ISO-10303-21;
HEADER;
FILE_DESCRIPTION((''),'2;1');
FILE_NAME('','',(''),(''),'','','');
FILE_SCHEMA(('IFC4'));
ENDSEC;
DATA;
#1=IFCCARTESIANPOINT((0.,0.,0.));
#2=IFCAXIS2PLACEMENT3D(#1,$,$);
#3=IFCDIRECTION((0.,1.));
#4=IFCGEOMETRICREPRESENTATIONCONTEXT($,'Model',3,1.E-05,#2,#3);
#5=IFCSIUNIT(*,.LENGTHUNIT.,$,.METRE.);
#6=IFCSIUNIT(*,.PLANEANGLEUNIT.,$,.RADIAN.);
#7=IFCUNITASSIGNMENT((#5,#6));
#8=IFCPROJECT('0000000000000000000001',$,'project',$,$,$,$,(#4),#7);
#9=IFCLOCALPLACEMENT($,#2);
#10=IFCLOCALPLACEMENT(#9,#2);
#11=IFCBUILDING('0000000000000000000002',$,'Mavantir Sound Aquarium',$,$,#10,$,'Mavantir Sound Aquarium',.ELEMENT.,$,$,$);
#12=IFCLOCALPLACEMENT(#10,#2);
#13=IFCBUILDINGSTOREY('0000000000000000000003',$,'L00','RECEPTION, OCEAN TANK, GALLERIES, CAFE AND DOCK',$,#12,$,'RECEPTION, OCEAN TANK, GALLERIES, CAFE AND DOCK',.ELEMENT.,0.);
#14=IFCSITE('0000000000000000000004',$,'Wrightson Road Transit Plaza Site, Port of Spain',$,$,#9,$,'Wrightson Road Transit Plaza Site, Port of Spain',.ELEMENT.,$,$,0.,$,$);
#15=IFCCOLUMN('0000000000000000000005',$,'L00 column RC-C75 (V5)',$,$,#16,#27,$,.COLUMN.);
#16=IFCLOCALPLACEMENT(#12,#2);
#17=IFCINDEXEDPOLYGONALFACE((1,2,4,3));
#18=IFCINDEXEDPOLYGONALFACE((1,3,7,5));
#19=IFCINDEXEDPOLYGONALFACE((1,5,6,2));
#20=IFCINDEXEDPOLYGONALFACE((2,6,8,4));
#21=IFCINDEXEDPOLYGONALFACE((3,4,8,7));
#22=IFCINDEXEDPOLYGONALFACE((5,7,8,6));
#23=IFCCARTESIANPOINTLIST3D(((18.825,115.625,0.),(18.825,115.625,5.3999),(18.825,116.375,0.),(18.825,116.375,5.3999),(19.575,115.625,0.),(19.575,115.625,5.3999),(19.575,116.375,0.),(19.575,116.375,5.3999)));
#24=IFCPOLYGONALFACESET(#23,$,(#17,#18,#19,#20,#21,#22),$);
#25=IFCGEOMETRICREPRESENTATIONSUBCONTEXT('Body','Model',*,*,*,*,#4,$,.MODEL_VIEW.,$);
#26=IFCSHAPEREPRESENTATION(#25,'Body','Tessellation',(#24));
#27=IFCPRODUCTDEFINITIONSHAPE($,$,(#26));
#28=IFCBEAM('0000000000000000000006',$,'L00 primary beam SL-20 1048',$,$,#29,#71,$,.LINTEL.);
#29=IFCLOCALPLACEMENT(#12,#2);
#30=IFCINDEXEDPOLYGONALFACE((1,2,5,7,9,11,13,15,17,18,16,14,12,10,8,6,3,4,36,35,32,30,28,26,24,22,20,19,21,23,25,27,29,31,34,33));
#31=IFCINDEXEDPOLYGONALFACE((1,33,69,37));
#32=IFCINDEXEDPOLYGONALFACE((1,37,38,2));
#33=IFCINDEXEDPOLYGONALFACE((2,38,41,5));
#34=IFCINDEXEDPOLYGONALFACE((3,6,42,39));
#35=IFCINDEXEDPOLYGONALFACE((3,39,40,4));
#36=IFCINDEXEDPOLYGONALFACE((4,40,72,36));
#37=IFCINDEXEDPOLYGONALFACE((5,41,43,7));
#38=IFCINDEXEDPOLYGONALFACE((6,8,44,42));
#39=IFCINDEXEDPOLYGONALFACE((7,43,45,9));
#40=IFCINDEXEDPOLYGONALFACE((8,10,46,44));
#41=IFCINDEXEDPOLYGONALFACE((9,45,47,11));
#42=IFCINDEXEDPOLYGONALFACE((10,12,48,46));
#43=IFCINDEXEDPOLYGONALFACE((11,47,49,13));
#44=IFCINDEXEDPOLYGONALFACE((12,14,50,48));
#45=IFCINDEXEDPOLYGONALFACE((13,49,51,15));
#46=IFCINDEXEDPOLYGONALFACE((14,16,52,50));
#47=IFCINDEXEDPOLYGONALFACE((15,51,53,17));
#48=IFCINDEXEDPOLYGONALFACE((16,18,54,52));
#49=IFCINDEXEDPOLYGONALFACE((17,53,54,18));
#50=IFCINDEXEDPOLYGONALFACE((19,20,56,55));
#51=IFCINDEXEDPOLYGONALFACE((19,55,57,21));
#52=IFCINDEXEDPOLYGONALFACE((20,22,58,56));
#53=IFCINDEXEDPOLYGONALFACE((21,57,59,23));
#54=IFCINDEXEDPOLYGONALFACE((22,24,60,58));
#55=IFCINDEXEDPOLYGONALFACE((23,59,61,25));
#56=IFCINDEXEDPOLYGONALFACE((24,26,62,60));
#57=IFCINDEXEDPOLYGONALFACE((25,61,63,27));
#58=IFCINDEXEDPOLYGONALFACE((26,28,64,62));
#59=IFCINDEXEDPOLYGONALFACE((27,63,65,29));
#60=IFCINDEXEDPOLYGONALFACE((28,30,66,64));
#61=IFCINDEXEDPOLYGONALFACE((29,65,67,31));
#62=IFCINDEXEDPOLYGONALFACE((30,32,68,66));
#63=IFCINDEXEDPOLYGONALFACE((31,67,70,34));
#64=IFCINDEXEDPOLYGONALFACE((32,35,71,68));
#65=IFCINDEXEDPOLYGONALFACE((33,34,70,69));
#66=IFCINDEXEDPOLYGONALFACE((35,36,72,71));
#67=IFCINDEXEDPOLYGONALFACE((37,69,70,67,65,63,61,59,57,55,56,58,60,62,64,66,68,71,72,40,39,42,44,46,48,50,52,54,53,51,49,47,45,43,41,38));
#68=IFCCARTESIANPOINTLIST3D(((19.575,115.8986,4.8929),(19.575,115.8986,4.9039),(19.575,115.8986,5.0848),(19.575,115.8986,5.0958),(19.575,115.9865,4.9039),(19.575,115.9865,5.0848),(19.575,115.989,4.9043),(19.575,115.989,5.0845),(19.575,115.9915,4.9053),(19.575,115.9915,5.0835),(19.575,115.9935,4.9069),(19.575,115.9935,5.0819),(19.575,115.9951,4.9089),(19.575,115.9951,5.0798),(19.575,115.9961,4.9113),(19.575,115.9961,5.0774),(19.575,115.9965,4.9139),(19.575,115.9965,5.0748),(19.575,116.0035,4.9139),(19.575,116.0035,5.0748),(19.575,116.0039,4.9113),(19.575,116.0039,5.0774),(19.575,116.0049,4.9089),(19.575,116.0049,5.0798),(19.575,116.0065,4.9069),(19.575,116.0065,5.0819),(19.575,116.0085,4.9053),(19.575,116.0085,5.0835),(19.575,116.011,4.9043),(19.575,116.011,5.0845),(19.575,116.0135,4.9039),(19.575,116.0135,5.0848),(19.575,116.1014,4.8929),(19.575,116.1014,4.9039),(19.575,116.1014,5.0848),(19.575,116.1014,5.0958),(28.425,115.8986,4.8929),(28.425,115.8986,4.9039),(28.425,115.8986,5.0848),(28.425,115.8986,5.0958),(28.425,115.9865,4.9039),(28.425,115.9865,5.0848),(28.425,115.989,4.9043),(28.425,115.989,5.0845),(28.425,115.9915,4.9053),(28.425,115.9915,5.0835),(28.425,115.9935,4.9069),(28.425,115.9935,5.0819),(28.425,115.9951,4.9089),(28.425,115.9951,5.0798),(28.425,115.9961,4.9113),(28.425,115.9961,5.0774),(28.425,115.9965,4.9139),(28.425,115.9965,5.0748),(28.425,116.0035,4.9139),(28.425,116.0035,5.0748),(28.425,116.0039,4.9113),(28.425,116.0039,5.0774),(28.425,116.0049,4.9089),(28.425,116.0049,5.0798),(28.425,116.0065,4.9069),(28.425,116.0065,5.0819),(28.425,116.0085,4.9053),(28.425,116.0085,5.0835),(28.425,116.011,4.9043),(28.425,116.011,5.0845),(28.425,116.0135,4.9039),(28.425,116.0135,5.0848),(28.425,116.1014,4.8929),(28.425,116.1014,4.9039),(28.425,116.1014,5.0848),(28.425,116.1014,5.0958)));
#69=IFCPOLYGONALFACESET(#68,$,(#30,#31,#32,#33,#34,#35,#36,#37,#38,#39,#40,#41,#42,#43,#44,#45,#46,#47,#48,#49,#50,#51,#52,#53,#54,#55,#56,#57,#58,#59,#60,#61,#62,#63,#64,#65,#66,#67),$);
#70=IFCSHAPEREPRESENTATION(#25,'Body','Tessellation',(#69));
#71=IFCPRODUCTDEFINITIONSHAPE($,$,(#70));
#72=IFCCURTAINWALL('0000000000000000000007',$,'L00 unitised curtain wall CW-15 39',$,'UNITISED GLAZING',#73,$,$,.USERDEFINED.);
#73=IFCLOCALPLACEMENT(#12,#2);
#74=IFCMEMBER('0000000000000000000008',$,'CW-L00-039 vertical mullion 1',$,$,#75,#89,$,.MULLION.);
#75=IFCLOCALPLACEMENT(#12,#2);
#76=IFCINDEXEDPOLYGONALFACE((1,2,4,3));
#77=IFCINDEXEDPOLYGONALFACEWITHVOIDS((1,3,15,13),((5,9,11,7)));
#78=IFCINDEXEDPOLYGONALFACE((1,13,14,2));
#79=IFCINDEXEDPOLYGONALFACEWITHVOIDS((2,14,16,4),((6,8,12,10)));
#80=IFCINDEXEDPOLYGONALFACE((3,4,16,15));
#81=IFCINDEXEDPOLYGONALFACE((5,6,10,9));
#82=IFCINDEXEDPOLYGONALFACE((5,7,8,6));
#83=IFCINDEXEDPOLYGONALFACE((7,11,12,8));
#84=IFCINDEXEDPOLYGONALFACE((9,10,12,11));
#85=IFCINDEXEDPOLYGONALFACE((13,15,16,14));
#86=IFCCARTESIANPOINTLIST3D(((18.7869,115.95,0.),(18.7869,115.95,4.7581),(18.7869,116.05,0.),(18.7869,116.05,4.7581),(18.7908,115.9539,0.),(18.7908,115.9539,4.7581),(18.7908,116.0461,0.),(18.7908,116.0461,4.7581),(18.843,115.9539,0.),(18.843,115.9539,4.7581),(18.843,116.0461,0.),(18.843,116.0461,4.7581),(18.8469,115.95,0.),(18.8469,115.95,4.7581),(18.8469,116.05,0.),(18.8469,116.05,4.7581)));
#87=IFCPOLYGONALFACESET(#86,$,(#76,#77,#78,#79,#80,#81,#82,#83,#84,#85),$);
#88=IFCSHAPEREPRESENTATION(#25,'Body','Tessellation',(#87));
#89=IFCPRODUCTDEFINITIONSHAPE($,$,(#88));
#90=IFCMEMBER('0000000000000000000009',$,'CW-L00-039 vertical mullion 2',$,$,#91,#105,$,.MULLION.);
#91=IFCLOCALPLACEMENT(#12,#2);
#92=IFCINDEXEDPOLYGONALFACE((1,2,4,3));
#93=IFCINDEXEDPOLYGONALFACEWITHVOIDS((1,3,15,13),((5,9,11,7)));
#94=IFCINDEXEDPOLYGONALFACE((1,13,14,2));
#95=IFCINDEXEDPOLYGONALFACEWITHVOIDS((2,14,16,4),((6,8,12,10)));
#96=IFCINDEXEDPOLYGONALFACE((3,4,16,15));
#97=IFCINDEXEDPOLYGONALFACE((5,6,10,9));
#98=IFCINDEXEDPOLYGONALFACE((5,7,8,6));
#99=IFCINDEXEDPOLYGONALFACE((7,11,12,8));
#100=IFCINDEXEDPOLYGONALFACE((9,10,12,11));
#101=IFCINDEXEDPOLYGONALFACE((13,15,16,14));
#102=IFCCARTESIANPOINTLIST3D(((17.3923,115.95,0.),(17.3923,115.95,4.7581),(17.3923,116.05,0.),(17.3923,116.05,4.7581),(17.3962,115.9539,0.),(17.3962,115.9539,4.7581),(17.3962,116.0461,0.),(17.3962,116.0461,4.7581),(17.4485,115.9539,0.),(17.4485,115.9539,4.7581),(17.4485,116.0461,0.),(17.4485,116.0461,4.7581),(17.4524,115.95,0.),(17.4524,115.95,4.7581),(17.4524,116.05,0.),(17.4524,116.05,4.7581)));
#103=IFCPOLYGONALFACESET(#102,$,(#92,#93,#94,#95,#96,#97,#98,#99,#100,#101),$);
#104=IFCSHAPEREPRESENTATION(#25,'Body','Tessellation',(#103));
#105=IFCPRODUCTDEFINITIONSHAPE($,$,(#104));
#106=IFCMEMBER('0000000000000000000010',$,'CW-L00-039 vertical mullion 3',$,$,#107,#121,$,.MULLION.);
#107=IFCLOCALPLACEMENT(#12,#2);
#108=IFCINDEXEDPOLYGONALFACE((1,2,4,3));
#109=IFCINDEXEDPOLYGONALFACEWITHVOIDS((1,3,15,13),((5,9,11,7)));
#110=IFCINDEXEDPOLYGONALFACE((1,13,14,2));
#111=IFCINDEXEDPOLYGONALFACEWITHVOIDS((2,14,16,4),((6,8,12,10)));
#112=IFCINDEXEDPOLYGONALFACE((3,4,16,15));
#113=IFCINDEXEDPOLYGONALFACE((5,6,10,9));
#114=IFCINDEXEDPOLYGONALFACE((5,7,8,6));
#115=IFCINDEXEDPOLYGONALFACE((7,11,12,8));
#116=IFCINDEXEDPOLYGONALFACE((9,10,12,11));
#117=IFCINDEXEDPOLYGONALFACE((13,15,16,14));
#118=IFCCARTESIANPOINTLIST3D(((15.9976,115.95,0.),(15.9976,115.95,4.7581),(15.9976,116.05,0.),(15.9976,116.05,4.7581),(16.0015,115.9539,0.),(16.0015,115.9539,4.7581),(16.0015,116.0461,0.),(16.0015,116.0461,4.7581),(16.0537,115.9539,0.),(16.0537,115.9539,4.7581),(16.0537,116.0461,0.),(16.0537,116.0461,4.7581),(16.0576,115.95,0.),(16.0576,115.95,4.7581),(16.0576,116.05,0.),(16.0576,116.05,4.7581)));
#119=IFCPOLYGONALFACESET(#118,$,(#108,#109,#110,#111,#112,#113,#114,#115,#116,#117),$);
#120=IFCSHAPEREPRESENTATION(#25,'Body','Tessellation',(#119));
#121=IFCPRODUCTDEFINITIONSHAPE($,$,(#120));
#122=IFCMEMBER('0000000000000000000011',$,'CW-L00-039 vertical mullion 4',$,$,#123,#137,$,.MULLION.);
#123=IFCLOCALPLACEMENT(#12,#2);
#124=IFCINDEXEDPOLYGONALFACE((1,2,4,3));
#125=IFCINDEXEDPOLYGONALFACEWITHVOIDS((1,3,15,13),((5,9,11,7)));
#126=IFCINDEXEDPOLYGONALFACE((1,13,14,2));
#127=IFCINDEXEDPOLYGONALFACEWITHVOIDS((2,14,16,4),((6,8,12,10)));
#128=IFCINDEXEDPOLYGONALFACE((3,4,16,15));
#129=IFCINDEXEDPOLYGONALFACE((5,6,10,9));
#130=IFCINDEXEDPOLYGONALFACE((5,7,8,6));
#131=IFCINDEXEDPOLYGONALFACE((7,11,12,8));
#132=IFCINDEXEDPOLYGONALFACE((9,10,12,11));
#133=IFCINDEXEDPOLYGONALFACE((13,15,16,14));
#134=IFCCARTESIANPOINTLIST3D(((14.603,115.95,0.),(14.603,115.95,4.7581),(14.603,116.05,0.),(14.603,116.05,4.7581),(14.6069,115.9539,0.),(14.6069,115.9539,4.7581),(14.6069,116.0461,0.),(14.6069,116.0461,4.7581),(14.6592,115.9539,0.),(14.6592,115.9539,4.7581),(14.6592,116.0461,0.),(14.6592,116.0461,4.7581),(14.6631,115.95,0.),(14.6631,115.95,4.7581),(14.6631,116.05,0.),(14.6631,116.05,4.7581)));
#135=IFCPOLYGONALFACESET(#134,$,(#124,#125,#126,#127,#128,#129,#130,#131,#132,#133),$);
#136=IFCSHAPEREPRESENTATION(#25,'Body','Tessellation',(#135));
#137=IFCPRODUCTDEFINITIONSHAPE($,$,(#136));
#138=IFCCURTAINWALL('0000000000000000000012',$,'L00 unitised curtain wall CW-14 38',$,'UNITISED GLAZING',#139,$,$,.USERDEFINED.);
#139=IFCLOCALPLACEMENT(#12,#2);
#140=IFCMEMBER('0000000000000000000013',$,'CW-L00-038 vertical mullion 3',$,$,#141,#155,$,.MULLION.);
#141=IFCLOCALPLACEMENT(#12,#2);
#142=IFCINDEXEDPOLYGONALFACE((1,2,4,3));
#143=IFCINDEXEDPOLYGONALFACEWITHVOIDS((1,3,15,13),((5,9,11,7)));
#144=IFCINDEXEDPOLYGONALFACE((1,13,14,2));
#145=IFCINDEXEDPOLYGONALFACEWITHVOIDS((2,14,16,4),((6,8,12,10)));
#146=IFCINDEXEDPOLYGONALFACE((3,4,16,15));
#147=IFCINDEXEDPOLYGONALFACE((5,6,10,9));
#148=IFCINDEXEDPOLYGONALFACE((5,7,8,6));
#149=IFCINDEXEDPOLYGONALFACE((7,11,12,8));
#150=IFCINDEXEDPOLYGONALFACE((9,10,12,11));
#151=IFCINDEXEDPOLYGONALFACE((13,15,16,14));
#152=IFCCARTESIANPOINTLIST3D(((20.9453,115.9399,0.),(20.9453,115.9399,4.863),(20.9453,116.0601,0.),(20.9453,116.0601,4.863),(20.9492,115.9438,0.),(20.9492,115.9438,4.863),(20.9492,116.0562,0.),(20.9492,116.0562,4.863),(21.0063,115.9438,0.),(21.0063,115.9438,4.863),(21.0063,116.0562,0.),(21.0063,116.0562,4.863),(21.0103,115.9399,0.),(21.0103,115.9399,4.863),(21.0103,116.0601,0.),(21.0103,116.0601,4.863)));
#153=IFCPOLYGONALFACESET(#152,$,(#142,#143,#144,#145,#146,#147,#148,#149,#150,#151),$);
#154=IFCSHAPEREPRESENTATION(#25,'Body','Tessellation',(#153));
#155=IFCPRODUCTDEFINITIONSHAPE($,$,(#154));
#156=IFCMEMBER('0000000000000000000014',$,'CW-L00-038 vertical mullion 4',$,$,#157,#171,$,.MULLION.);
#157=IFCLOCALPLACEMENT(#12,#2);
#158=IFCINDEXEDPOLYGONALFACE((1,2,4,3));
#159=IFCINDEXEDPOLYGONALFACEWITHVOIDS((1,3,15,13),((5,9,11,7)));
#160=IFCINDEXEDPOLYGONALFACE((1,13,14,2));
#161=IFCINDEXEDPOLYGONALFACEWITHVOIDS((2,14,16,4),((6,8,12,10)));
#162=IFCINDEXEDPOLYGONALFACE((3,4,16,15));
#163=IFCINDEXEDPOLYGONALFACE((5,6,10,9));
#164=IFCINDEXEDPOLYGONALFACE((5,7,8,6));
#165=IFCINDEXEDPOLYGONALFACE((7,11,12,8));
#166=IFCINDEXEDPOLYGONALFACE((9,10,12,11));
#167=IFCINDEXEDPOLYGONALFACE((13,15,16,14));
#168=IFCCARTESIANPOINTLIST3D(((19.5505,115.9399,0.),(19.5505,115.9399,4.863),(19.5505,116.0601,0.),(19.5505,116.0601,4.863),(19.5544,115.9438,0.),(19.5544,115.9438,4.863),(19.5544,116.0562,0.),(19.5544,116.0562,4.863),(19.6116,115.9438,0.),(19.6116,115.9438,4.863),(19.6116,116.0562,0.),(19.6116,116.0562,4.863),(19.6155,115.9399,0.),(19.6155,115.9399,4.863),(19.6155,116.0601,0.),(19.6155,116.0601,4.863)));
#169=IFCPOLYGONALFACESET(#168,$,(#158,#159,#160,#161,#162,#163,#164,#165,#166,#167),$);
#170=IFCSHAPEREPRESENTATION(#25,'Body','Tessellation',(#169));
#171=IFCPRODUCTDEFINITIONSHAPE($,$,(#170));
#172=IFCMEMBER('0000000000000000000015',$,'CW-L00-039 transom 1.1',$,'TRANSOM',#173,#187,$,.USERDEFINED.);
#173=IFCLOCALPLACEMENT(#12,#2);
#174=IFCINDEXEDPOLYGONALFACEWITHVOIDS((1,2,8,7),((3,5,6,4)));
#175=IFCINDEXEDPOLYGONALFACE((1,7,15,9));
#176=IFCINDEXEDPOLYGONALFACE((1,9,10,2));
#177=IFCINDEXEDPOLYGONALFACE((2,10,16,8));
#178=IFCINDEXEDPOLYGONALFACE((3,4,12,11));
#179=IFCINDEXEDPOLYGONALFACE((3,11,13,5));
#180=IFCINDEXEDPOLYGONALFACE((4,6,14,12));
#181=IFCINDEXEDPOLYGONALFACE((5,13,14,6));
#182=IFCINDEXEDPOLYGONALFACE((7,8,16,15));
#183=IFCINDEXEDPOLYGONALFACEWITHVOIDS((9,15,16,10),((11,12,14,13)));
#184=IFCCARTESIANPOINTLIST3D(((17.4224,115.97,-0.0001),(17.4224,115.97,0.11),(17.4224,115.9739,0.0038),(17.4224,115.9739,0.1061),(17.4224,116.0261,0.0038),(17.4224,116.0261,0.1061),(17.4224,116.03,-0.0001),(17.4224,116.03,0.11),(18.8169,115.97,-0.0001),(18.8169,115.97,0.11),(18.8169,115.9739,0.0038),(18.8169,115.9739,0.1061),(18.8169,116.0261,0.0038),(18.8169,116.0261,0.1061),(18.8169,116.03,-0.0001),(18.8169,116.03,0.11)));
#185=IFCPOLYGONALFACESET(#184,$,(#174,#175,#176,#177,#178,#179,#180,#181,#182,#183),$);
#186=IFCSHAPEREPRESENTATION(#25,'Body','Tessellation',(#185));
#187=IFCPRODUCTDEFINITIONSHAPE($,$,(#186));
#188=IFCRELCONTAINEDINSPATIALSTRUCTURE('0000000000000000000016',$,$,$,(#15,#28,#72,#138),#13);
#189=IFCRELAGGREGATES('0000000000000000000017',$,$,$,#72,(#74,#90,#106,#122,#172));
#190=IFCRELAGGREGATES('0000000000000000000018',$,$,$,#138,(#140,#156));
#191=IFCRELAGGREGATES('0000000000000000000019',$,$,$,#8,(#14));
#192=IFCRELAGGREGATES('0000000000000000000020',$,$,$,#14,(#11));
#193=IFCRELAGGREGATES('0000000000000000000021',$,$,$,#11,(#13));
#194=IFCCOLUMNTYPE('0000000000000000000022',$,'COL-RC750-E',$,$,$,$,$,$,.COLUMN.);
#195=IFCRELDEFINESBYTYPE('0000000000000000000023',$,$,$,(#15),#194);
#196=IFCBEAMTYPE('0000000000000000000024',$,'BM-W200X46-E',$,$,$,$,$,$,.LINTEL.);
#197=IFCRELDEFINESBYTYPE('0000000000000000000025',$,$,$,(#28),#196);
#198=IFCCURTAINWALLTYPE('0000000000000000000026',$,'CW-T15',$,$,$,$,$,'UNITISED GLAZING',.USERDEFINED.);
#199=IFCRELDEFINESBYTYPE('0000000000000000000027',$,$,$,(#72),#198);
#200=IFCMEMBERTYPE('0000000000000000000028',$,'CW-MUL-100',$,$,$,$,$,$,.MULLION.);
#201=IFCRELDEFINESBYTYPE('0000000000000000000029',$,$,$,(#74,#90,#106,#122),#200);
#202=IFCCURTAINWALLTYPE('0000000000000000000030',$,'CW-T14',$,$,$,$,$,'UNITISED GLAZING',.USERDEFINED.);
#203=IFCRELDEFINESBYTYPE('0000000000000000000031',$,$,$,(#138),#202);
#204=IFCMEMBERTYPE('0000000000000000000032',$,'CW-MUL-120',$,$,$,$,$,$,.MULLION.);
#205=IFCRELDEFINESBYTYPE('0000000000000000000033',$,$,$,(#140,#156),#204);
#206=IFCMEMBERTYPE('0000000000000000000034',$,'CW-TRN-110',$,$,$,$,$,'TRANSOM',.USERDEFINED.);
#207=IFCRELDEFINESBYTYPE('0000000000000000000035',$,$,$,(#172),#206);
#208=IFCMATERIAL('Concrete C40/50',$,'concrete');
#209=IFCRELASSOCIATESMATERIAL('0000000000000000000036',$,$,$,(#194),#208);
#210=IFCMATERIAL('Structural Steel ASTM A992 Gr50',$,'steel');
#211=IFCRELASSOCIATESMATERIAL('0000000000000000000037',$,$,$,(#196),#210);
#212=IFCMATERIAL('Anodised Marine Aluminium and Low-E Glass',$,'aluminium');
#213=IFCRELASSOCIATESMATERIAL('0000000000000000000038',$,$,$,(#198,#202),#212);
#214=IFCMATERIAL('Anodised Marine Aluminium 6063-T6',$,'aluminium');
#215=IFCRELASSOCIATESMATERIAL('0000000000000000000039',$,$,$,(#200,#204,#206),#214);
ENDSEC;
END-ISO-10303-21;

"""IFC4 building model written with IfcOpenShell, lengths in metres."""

from ifc_helpers import new_model, si_unit, direction, frame, origin, origin_2d, place, context, subcontext, project, spatial, rectangle, hollow_rectangle, i_section, extrude, material, material_profile, profile_set, type_object, element, aggregate, save


model = new_model("IFC4")

# Units and contexts
model_context = context("Model", 3, precision=1e-05, world=origin(), true_north=direction((0.0, 1.0)))
body_context = subcontext(model_context, "Body", "Model", "MODEL_VIEW")
ifc_project = project(units=[si_unit("LENGTHUNIT", "METRE"), si_unit("PLANEANGLEUNIT", "RADIAN")], contexts=[model_context])

# Site, building, storey
site_placement = place(None, origin())
site = spatial("IfcSite", under=ifc_project, at=site_placement, Name="Wrightson Road Transit Plaza Site, Port of Spain", LongName="Wrightson Road Transit Plaza Site, Port of Spain", CompositionType="ELEMENT", RefElevation=0.0)
building_placement = place(site_placement, origin())
building = spatial("IfcBuilding", under=site, at=building_placement, Name="Mavantir Sound Aquarium", LongName="Mavantir Sound Aquarium", CompositionType="ELEMENT")
storey_placement = place(building_placement, origin())
storey = spatial("IfcBuildingStorey", under=building, at=storey_placement, Name="L00", Description="RECEPTION, OCEAN TANK, GALLERIES, CAFE AND DOCK", LongName="RECEPTION, OCEAN TANK, GALLERIES, CAFE AND DOCK", CompositionType="ELEMENT", Elevation=0.0)

# Column
ifc_material_1 = material(Name="Concrete C40/50", Category="concrete")
ifc_material_profile_1 = material_profile(ifc_material_1, rectangle(XDim=0.75, YDim=0.75, at=origin_2d()), Name="RC 750X750")
ifc_profile_set_1 = profile_set([ifc_material_profile_1], Name="Concrete C40/50")
column_type = type_object("IfcColumnType", Name="COL-RC750-E", PredefinedType="COLUMN", material=ifc_profile_set_1)
column_placement = place(storey_placement, frame((19.2, 116.0, 0.0), z_axis=(0.0, 0.0, 1.0), x_axis=(1.0, 0.0, 0.0)))
element("IfcColumn", 1, at=column_placement, inside=storey, type_object=column_type, Name="L00 column RC-C75 (V5)", PredefinedType="COLUMN", context=body_context, shape_type="SweptSolid", body=[
    extrude(rectangle(XDim=0.75, YDim=0.75, at=origin_2d()), origin(), (0.0, 0.0, 1.0), 5.3999),
])

# Beam
ifc_material_2 = material(Name="Structural Steel ASTM A992 Gr50", Category="steel")
ifc_material_profile_2 = material_profile(ifc_material_2, i_section(OverallWidth=0.2029, OverallDepth=0.2029, WebThickness=0.0071, FlangeThickness=0.011, FilletRadius=0.01, at=origin_2d()), Name="W200X46")
ifc_profile_set_2 = profile_set([ifc_material_profile_2], Name="Structural Steel ASTM A992 Gr50")
beam_type = type_object("IfcBeamType", Name="BM-W200X46-E", PredefinedType="LINTEL", material=ifc_profile_set_2)
beam_placement = place(storey_placement, frame((19.575, 116.0, 4.9944), z_axis=(1.0, 0.0, 0.0), x_axis=(0.0, 1.0, 0.0)))
element("IfcBeam", 2, at=beam_placement, inside=storey, type_object=beam_type, Name="L00 primary beam SL-20 1048", PredefinedType="LINTEL", context=body_context, shape_type="SweptSolid", body=[
    extrude(i_section(OverallWidth=0.2029, OverallDepth=0.2029, WebThickness=0.0071, FlangeThickness=0.011, FilletRadius=0.01, at=origin_2d()), origin(), (0.0, 0.0, 1.0), 8.8501),
])

# Curtain walls, members
ifc_material_3 = material(Name="Anodised Marine Aluminium and Low-E Glass", Category="aluminium")
curtain_wall_type_1 = type_object("IfcCurtainWallType", Name="CW-T15", ElementType="UNITISED GLAZING", PredefinedType="USERDEFINED", material=ifc_material_3)
curtain_wall_1_placement = place(storey_placement, origin())
curtain_wall_1 = element("IfcCurtainWall", 3, at=curtain_wall_1_placement, inside=storey, type_object=curtain_wall_type_1, Name="L00 unitised curtain wall CW-15 39", ObjectType="UNITISED GLAZING", PredefinedType="USERDEFINED")
ifc_material_4 = material(Name="Anodised Marine Aluminium 6063-T6", Category="aluminium")
ifc_material_profile_3 = material_profile(ifc_material_4, hollow_rectangle(XDim=0.0601, YDim=0.1001, WallThickness=0.0039, at=origin_2d()), Name="ALU-MULLION-100X60")
ifc_profile_set_3 = profile_set([ifc_material_profile_3], Name="Anodised Marine Aluminium 6063-T6")
member_type_1 = type_object("IfcMemberType", Name="CW-MUL-100", PredefinedType="MULLION", material=ifc_profile_set_3)
member_1_placement = place(storey_placement, frame((18.8169, 116.0, 0.0), z_axis=(0.0, 0.0, 1.0), x_axis=(1.0, 0.0, 0.0)))
member_1 = element("IfcMember", 4, at=member_1_placement, type_object=member_type_1, Name="CW-L00-039 vertical mullion 1", PredefinedType="MULLION", context=body_context, shape_type="SweptSolid", body=[
    extrude(hollow_rectangle(XDim=0.0601, YDim=0.1001, WallThickness=0.0039, at=origin_2d()), origin(), (0.0, 0.0, 1.0), 4.7581),
])
member_2_placement = place(storey_placement, frame((17.4224, 116.0, 0.0), z_axis=(0.0, 0.0, 1.0), x_axis=(1.0, 0.0, 0.0)))
member_2 = element("IfcMember", 5, at=member_2_placement, type_object=member_type_1, Name="CW-L00-039 vertical mullion 2", PredefinedType="MULLION", context=body_context, shape_type="SweptSolid", body=[
    extrude(hollow_rectangle(XDim=0.0601, YDim=0.1001, WallThickness=0.0039, at=origin_2d()), origin(), (0.0, 0.0, 1.0), 4.7581),
])
member_3_placement = place(storey_placement, frame((16.0276, 116.0, 0.0), z_axis=(0.0, 0.0, 1.0), x_axis=(1.0, 0.0, 0.0)))
member_3 = element("IfcMember", 6, at=member_3_placement, type_object=member_type_1, Name="CW-L00-039 vertical mullion 3", PredefinedType="MULLION", context=body_context, shape_type="SweptSolid", body=[
    extrude(hollow_rectangle(XDim=0.0601, YDim=0.1001, WallThickness=0.0039, at=origin_2d()), origin(), (0.0, 0.0, 1.0), 4.7581),
])
member_4_placement = place(storey_placement, frame((14.6331, 116.0, 0.0), z_axis=(0.0, 0.0, 1.0), x_axis=(1.0, 0.0, 0.0)))
member_4 = element("IfcMember", 7, at=member_4_placement, type_object=member_type_1, Name="CW-L00-039 vertical mullion 4", PredefinedType="MULLION", context=body_context, shape_type="SweptSolid", body=[
    extrude(hollow_rectangle(XDim=0.0601, YDim=0.1001, WallThickness=0.0039, at=origin_2d()), origin(), (0.0, 0.0, 1.0), 4.7581),
])
curtain_wall_type_2 = type_object("IfcCurtainWallType", Name="CW-T14", ElementType="UNITISED GLAZING", PredefinedType="USERDEFINED", material=ifc_material_3)
curtain_wall_2_placement = place(storey_placement, origin())
curtain_wall_2 = element("IfcCurtainWall", 8, at=curtain_wall_2_placement, inside=storey, type_object=curtain_wall_type_2, Name="L00 unitised curtain wall CW-14 38", ObjectType="UNITISED GLAZING", PredefinedType="USERDEFINED")
ifc_material_profile_4 = material_profile(ifc_material_4, hollow_rectangle(XDim=0.0649, YDim=0.1201, WallThickness=0.0039, at=origin_2d()), Name="ALU-MULLION-120X65")
ifc_profile_set_4 = profile_set([ifc_material_profile_4], Name="Anodised Marine Aluminium 6063-T6")
member_type_2 = type_object("IfcMemberType", Name="CW-MUL-120", PredefinedType="MULLION", material=ifc_profile_set_4)
member_5_placement = place(storey_placement, frame((20.9778, 116.0, 0.0), z_axis=(0.0, 0.0, 1.0), x_axis=(1.0, 0.0, 0.0)))
member_5 = element("IfcMember", 9, at=member_5_placement, type_object=member_type_2, Name="CW-L00-038 vertical mullion 3", PredefinedType="MULLION", context=body_context, shape_type="SweptSolid", body=[
    extrude(hollow_rectangle(XDim=0.0649, YDim=0.1201, WallThickness=0.0039, at=origin_2d()), origin(), (0.0, 0.0, 1.0), 4.863),
])
member_6_placement = place(storey_placement, frame((19.583, 116.0, 0.0), z_axis=(0.0, 0.0, 1.0), x_axis=(1.0, 0.0, 0.0)))
member_6 = element("IfcMember", 10, at=member_6_placement, type_object=member_type_2, Name="CW-L00-038 vertical mullion 4", PredefinedType="MULLION", context=body_context, shape_type="SweptSolid", body=[
    extrude(hollow_rectangle(XDim=0.0649, YDim=0.1201, WallThickness=0.0039, at=origin_2d()), origin(), (0.0, 0.0, 1.0), 4.863),
])

# Member
ifc_material_profile_5 = material_profile(ifc_material_4, hollow_rectangle(XDim=0.0601, YDim=0.1101, WallThickness=0.0039, at=origin_2d()), Name="ALU-TRANSOM-110X60")
ifc_profile_set_5 = profile_set([ifc_material_profile_5], Name="Anodised Marine Aluminium 6063-T6")
member_type_3 = type_object("IfcMemberType", Name="CW-TRN-110", ElementType="TRANSOM", PredefinedType="USERDEFINED", material=ifc_profile_set_5)
member_7_placement = place(storey_placement, frame((18.8169, 116.0, 0.0549), z_axis=(-1.0, 0.0, 0.0), x_axis=(0.0, -1.0, 0.0)))
member_7 = element("IfcMember", 11, at=member_7_placement, type_object=member_type_3, Name="CW-L00-039 transom 1.1", ObjectType="TRANSOM", PredefinedType="USERDEFINED", context=body_context, shape_type="SweptSolid", body=[
    extrude(hollow_rectangle(XDim=0.0601, YDim=0.1101, WallThickness=0.0039, at=origin_2d()), origin(), (0.0, 0.0, 1.0), 1.3945),
])

aggregate(curtain_wall_1, [member_1, member_2, member_3, member_4, member_7])
aggregate(curtain_wall_2, [member_5, member_6])

save(model, "model.ifc")
